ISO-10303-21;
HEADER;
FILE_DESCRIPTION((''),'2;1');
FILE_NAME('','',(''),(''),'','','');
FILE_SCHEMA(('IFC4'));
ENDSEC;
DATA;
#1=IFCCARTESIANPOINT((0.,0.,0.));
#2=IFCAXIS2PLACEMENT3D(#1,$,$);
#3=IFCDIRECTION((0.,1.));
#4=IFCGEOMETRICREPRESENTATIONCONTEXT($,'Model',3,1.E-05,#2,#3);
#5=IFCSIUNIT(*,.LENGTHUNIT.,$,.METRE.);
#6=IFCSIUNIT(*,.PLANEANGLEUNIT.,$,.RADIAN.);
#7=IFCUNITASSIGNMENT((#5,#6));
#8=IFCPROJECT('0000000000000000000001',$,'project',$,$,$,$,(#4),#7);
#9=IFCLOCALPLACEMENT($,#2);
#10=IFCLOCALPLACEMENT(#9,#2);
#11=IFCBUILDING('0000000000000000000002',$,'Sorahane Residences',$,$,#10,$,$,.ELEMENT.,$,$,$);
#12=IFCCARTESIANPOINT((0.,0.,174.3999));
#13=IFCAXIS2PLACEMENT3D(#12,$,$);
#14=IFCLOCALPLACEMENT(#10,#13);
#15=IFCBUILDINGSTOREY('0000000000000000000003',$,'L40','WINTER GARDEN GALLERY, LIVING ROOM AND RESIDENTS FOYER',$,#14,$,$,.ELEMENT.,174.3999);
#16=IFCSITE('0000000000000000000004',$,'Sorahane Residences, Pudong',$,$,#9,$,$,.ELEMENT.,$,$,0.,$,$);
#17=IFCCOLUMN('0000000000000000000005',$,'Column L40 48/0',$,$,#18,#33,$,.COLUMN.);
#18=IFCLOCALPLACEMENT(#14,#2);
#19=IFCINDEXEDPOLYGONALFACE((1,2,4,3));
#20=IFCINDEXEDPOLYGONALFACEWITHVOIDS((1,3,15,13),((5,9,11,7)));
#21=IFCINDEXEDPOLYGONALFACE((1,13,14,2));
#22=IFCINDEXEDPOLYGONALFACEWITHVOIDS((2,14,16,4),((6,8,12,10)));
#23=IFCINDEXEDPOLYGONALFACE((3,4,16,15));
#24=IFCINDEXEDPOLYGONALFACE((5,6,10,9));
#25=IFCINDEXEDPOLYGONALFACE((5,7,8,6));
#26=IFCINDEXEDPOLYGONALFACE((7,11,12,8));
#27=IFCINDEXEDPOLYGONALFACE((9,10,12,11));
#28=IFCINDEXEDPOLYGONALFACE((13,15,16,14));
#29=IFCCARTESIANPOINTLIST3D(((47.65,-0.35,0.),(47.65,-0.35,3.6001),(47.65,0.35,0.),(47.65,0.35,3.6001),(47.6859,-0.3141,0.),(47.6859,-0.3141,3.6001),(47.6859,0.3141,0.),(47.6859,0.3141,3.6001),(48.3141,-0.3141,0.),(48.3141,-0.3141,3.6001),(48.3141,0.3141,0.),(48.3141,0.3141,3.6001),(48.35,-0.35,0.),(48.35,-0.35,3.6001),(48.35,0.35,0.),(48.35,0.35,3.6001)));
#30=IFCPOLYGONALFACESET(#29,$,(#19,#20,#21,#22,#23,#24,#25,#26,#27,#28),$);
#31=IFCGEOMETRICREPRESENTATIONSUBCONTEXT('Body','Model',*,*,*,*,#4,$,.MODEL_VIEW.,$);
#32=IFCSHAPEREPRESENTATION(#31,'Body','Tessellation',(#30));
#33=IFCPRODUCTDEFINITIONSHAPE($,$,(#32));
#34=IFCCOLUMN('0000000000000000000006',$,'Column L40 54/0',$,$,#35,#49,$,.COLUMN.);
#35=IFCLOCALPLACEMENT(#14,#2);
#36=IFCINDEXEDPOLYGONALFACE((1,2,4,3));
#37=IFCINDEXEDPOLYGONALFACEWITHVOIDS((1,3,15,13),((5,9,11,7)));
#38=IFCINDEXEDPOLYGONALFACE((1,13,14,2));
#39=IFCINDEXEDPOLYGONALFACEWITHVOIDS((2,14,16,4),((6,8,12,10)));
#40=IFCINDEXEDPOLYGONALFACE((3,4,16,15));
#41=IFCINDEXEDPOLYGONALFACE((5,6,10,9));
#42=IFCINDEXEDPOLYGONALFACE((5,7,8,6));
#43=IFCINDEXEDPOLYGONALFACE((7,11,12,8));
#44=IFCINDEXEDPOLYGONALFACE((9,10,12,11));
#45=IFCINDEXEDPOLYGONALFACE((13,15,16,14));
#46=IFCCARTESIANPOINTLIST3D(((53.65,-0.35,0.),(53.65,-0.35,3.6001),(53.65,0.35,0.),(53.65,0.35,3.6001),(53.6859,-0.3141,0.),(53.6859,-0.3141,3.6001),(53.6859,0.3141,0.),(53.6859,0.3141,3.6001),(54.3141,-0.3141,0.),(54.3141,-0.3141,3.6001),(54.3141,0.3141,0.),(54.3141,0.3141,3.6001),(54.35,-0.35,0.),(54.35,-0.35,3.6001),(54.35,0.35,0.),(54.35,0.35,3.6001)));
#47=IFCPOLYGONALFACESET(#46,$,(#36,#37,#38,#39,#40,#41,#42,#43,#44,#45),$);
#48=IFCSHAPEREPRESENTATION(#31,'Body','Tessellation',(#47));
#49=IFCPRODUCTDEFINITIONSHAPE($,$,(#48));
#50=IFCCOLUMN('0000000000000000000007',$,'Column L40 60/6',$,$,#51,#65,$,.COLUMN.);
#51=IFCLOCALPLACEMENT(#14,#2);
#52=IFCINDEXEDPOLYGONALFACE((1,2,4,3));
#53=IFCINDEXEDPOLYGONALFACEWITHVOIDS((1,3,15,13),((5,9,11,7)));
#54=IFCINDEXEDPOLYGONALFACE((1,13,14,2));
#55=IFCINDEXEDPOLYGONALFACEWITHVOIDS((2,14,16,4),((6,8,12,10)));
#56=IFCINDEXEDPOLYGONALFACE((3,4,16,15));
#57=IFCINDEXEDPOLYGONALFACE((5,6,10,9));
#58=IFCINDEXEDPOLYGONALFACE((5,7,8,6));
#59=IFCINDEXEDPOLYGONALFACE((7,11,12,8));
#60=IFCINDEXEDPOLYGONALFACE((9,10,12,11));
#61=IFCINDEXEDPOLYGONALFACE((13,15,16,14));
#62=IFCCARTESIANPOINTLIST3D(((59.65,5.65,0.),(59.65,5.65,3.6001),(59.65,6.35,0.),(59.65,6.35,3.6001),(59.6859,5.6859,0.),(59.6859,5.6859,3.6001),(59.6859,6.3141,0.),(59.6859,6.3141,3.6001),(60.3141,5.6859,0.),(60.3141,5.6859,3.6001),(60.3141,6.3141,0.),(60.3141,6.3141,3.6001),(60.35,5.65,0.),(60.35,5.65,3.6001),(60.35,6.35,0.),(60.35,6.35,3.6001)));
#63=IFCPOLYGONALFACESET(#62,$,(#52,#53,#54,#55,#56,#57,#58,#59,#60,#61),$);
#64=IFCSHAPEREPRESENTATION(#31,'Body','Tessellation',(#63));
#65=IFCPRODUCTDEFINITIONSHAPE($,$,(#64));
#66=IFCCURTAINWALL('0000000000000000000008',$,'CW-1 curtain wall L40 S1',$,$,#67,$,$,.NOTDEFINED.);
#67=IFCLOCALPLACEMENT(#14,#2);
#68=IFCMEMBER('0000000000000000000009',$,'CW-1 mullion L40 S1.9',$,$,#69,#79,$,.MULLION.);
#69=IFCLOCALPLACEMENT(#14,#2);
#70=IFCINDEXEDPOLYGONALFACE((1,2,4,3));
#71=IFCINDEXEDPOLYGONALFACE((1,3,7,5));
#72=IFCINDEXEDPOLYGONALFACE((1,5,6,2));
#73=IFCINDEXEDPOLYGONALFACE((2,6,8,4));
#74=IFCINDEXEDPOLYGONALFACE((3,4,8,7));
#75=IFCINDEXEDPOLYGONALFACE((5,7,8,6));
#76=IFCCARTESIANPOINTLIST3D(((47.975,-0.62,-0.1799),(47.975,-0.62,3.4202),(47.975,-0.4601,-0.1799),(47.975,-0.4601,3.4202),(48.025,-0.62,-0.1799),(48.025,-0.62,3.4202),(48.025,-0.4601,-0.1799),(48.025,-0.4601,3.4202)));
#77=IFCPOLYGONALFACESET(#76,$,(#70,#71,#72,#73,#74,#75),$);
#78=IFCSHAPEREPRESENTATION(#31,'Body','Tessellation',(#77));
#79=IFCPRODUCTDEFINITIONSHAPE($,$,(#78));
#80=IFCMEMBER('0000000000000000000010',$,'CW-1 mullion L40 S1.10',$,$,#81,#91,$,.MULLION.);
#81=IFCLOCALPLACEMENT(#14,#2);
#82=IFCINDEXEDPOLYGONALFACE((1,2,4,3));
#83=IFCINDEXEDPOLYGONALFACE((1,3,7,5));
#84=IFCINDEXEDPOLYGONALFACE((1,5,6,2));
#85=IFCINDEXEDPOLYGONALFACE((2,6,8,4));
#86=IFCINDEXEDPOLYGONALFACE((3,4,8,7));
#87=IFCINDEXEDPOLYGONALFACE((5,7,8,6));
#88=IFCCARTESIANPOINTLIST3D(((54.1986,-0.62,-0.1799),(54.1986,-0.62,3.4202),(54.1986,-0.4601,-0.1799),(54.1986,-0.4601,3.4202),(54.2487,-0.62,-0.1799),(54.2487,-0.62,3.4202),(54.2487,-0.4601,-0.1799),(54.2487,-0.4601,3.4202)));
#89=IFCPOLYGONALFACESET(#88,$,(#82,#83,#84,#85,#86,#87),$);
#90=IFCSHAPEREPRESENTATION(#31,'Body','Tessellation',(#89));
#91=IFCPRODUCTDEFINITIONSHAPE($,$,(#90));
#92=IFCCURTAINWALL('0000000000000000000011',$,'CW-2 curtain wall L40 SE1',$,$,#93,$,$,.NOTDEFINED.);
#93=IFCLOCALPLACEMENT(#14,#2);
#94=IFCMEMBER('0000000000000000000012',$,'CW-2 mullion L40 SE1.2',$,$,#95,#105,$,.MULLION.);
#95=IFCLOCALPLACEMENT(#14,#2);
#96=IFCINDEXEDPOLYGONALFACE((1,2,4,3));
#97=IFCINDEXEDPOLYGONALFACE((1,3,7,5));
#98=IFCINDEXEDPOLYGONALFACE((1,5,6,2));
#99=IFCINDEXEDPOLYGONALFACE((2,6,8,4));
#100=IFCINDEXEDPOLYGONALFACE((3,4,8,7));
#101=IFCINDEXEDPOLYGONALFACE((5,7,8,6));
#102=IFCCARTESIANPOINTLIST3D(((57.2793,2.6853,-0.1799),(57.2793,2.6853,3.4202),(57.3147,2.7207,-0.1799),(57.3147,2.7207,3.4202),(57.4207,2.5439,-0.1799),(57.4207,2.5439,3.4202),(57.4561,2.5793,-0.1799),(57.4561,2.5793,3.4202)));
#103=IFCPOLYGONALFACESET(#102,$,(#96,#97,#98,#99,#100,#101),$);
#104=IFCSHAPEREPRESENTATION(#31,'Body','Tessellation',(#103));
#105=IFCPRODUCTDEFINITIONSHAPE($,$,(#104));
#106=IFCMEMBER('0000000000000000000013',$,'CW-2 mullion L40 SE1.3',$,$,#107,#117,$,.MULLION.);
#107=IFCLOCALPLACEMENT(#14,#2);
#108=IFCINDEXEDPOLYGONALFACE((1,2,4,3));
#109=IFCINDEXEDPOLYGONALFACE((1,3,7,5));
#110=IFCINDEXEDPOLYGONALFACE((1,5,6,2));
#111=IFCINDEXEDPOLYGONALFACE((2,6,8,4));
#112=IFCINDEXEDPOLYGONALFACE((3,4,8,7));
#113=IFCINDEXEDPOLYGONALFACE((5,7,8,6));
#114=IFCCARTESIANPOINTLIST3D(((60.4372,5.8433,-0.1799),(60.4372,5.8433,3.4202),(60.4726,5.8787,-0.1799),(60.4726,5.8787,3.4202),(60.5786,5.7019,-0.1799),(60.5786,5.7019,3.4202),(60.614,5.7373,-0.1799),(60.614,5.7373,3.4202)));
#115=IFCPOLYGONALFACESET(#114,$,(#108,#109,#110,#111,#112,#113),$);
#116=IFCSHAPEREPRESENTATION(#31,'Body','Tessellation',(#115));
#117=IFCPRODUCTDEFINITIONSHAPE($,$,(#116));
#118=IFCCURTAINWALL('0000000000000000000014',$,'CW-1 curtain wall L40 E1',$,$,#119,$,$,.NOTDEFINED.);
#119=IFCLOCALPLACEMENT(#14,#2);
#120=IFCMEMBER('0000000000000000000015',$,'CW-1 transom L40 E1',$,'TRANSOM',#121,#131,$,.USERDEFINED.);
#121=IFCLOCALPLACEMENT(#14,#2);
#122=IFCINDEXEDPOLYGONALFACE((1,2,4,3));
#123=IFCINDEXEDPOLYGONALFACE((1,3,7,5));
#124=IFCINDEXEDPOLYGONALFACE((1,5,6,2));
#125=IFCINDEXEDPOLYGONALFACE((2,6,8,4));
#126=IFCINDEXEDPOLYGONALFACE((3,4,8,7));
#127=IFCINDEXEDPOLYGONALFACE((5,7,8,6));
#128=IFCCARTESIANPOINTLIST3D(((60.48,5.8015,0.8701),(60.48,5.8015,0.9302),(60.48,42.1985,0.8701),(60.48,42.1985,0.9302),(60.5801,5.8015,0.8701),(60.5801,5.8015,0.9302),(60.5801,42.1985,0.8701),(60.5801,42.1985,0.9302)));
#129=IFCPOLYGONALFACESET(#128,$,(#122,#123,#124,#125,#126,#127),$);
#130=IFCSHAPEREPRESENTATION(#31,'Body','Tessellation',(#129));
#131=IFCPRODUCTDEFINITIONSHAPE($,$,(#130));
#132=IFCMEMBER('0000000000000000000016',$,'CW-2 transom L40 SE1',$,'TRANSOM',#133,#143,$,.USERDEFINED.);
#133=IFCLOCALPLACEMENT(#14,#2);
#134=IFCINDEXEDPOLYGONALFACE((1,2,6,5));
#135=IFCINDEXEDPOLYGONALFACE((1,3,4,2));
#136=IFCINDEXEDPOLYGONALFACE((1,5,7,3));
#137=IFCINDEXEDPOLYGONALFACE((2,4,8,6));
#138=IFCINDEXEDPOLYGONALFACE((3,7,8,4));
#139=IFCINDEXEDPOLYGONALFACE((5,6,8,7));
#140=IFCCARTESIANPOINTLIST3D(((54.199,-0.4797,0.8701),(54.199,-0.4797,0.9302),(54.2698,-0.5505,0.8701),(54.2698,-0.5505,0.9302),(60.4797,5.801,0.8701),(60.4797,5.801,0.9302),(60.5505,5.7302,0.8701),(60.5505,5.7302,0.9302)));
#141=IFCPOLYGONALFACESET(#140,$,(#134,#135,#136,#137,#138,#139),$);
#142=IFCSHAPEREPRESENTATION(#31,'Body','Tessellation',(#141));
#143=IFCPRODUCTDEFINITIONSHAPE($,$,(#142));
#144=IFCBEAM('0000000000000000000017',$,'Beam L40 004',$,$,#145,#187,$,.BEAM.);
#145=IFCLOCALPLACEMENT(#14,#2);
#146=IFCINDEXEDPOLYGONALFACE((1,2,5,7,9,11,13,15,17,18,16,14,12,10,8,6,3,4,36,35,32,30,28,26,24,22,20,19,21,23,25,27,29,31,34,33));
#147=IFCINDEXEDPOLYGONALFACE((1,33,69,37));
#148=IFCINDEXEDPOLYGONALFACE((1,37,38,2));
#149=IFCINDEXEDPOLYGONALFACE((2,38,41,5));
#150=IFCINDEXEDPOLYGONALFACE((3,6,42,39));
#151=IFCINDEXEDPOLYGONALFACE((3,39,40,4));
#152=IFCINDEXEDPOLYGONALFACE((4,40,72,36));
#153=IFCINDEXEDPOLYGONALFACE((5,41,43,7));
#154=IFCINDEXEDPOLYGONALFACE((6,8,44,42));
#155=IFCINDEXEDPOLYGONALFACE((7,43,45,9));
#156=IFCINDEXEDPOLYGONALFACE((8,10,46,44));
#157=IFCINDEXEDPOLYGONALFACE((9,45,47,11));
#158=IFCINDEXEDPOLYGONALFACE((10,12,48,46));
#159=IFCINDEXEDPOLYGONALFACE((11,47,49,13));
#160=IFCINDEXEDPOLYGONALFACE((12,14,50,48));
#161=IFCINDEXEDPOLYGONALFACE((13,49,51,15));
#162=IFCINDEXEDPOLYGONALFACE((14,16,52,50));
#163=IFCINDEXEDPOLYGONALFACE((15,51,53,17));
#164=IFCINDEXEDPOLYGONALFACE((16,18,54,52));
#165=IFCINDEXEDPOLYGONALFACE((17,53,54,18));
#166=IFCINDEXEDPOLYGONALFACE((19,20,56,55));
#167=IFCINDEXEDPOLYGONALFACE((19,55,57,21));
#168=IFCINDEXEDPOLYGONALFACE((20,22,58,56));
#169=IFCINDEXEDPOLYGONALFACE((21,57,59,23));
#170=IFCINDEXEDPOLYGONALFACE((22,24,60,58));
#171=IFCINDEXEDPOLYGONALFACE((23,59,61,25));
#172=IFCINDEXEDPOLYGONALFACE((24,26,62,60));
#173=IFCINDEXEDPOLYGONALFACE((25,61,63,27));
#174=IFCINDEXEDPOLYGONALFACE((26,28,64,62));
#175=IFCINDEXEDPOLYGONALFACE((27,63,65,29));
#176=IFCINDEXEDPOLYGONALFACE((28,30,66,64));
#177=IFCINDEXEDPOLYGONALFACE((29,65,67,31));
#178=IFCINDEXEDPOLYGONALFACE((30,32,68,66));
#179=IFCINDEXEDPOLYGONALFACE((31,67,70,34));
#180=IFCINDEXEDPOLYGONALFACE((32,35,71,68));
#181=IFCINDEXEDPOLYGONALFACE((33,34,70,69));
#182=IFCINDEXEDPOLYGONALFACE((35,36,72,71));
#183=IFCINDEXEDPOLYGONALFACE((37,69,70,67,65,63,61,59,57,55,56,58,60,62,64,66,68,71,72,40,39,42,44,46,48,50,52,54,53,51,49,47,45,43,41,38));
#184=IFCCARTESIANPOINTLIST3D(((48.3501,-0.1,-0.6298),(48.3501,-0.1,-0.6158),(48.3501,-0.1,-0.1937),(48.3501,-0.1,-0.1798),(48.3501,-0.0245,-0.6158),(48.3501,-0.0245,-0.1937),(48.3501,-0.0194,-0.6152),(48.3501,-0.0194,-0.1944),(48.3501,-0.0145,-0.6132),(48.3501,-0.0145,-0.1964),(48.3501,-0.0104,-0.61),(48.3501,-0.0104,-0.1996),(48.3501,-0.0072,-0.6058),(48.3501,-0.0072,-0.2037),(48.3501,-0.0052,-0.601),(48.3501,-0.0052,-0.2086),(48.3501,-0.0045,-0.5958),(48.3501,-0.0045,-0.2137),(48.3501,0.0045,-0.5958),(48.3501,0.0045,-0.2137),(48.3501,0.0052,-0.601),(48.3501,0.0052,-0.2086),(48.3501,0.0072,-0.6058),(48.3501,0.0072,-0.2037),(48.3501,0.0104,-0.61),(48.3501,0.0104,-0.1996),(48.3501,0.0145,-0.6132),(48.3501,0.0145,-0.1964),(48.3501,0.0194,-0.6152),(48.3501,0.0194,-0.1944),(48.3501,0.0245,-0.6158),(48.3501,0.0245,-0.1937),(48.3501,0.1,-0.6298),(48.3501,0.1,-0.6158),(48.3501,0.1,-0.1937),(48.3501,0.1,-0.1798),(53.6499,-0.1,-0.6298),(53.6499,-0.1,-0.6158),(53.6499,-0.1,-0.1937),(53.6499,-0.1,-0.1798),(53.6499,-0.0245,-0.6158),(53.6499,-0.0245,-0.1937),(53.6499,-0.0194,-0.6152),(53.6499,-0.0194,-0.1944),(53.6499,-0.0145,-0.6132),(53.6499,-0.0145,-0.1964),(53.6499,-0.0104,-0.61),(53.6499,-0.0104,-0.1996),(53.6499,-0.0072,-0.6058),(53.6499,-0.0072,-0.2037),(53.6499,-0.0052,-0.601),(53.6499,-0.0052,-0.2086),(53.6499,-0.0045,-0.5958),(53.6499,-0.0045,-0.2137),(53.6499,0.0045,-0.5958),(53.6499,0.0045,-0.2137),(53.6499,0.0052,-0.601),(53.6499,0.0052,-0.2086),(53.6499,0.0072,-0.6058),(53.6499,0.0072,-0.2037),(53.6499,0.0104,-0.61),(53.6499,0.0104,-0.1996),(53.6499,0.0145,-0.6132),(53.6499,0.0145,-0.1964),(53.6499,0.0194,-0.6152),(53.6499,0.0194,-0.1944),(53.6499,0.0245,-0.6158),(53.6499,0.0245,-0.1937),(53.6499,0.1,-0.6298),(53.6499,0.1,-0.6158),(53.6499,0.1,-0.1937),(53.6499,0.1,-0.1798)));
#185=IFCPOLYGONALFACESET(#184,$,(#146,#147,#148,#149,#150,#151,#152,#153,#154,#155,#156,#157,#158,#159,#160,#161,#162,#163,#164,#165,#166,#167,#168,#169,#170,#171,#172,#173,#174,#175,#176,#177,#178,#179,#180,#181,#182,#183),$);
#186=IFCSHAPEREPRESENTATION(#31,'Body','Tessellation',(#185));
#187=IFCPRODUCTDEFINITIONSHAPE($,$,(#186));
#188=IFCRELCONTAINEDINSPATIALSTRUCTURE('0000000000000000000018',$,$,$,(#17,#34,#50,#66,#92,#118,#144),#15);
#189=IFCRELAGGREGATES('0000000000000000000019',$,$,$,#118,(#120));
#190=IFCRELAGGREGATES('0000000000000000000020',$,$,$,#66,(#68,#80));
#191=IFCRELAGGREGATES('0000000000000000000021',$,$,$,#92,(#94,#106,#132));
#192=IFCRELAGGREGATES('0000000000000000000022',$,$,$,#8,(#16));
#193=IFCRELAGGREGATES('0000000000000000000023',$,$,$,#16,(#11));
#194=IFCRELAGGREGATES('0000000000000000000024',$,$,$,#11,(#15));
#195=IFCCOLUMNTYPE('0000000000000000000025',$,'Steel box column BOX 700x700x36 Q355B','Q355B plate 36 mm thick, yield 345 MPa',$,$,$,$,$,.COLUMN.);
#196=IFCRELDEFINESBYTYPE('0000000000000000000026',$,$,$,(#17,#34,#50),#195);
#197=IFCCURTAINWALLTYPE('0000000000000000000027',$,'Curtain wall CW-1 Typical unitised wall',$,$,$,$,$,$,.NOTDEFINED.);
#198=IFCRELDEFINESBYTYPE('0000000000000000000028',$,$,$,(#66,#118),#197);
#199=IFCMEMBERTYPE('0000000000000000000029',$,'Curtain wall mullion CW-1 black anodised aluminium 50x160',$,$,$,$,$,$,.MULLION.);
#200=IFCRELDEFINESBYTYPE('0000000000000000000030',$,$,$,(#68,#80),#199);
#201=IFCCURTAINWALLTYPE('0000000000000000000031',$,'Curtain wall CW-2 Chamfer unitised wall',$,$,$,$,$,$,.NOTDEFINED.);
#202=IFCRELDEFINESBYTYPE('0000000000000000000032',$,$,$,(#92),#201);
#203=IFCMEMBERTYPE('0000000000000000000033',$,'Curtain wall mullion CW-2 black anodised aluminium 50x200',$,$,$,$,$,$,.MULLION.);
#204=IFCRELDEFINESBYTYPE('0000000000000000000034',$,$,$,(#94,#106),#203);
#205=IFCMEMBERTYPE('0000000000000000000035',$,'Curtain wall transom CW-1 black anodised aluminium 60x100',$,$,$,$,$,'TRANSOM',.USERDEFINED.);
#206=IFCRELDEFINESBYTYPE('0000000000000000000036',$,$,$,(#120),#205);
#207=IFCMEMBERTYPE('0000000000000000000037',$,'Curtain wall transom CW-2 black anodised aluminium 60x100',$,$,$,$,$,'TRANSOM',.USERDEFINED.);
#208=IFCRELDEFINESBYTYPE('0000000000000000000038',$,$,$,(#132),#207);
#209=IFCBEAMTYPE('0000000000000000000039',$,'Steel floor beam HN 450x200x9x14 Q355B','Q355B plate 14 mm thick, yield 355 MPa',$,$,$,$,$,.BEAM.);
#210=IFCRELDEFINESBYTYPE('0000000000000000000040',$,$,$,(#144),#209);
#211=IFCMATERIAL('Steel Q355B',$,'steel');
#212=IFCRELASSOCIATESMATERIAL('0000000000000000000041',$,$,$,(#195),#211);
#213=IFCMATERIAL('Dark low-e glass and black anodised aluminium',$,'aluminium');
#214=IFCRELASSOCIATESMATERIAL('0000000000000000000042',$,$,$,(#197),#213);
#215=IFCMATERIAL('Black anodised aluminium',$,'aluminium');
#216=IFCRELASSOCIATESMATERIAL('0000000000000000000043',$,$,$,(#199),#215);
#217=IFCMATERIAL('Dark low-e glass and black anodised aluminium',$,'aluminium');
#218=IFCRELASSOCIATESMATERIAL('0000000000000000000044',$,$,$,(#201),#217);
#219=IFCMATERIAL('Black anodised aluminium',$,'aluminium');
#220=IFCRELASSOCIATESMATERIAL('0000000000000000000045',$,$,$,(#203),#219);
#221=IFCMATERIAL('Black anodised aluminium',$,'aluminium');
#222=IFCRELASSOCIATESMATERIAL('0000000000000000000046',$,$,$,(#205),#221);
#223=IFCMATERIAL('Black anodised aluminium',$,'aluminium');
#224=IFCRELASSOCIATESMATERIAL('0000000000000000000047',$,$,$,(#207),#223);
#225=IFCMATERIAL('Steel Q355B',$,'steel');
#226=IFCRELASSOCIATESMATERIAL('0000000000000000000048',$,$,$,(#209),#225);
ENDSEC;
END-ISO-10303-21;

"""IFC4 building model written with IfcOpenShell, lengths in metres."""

from ifc_helpers import new_model, si_unit, direction, frame, origin, origin_2d, place, context, subcontext, project, spatial, rectangle, hollow_rectangle, i_section, extrude, material, material_profile, profile_set, type_object, element, aggregate, save


model = new_model("IFC4")

# Units and contexts
model_context = context("Model", 3, precision=1e-05, world=origin(), true_north=direction((0.0, 1.0)))
body_context = subcontext(model_context, "Body", "Model", "MODEL_VIEW")
ifc_project = project(units=[si_unit("LENGTHUNIT", "METRE"), si_unit("PLANEANGLEUNIT", "RADIAN")], contexts=[model_context])

# Site, building, storey
site_placement = place(None, origin())
site = spatial("IfcSite", under=ifc_project, at=site_placement, Name="Sorahane Residences, Pudong", CompositionType="ELEMENT", RefElevation=0.0)
building_placement = place(site_placement, origin())
building = spatial("IfcBuilding", under=site, at=building_placement, Name="Sorahane Residences", CompositionType="ELEMENT")
storey_placement = place(building_placement, frame((0.0, 0.0, 174.3999)))
storey = spatial("IfcBuildingStorey", under=building, at=storey_placement, Name="L40", Description="WINTER GARDEN GALLERY, LIVING ROOM AND RESIDENTS FOYER", CompositionType="ELEMENT", Elevation=174.3999)

# Columns
ifc_material_1 = material(Name="Steel Q355B", Category="steel")
ifc_material_profile_1 = material_profile(ifc_material_1, hollow_rectangle(XDim=0.7, YDim=0.7, WallThickness=0.0359, at=origin_2d()), Name="BOX 700x700x36")
ifc_profile_set_1 = profile_set([ifc_material_profile_1], Name="Steel Q355B")
column_type = type_object("IfcColumnType", Name="Steel box column BOX 700x700x36 Q355B", Description="Q355B plate 36 mm thick, yield 345 MPa", PredefinedType="COLUMN", material=ifc_profile_set_1)
for number, where, z_axis, x_axis, name in (
    (1, (48.0, 0.0, 0.0), (0.0, 0.0, 1.0), (1.0, 0.0, 0.0), "Column L40 48/0"),
    (2, (54.0, 0.0, 0.0), (0.0, 0.0, 1.0), (1.0, 0.0, 0.0), "Column L40 54/0"),
    (3, (60.0, 6.0, 0.0), (0.0, 0.0, 1.0), (1.0, 0.0, 0.0), "Column L40 60/6"),
):
    element("IfcColumn", number, at=place(storey_placement, frame(where, z_axis=z_axis, x_axis=x_axis)), inside=storey, type_object=column_type, Name=name, PredefinedType="COLUMN", context=body_context, shape_type="SweptSolid", body=[
        extrude(hollow_rectangle(XDim=0.7, YDim=0.7, WallThickness=0.0359, at=origin_2d()), origin(), (0.0, 0.0, 1.0), 3.6001),
    ])

# Curtain walls, members
ifc_material_2 = material(Name="Dark low-e glass and black anodised aluminium", Category="aluminium")
curtain_wall_type_1 = type_object("IfcCurtainWallType", Name="Curtain wall CW-1 Typical unitised wall", PredefinedType="NOTDEFINED", material=ifc_material_2)
curtain_wall_1_placement = place(storey_placement, origin())
curtain_wall_1 = element("IfcCurtainWall", 4, at=curtain_wall_1_placement, inside=storey, type_object=curtain_wall_type_1, Name="CW-1 curtain wall L40 S1", PredefinedType="NOTDEFINED")
ifc_material_3 = material(Name="Black anodised aluminium", Category="aluminium")
ifc_material_profile_2 = material_profile(ifc_material_3, rectangle(XDim=0.1599, YDim=0.05, at=origin_2d()), Name="Curtain wall mullion CW-1 black anodised aluminium 50x160")
ifc_profile_set_2 = profile_set([ifc_material_profile_2], Name="Black anodised aluminium")
member_type_1 = type_object("IfcMemberType", Name="Curtain wall mullion CW-1 black anodised aluminium 50x160", PredefinedType="MULLION", material=ifc_profile_set_2)
member_1_placement = place(storey_placement, frame((48.0, -0.54, -0.1799), z_axis=(0.0, 0.0, 1.0), x_axis=(0.0, -1.0, 0.0)))
member_1 = element("IfcMember", 5, at=member_1_placement, type_object=member_type_1, Name="CW-1 mullion L40 S1.9", PredefinedType="MULLION", context=body_context, shape_type="SweptSolid", body=[
    extrude(rectangle(XDim=0.1599, YDim=0.05, at=origin_2d()), origin(), (0.0, 0.0, 1.0), 3.6001),
])
member_2_placement = place(storey_placement, frame((54.2236, -0.54, -0.1799), z_axis=(0.0, 0.0, 1.0), x_axis=(0.0, -1.0, 0.0)))
member_2 = element("IfcMember", 6, at=member_2_placement, type_object=member_type_1, Name="CW-1 mullion L40 S1.10", PredefinedType="MULLION", context=body_context, shape_type="SweptSolid", body=[
    extrude(rectangle(XDim=0.1599, YDim=0.05, at=origin_2d()), origin(), (0.0, 0.0, 1.0), 3.6001),
])
ifc_material_4 = material(Name="Dark low-e glass and black anodised aluminium", Category="aluminium")
curtain_wall_type_2 = type_object("IfcCurtainWallType", Name="Curtain wall CW-2 Chamfer unitised wall", PredefinedType="NOTDEFINED", material=ifc_material_4)
curtain_wall_2_placement = place(storey_placement, origin())
curtain_wall_2 = element("IfcCurtainWall", 7, at=curtain_wall_2_placement, inside=storey, type_object=curtain_wall_type_2, Name="CW-2 curtain wall L40 SE1", PredefinedType="NOTDEFINED")
ifc_material_5 = material(Name="Black anodised aluminium", Category="aluminium")
ifc_material_profile_3 = material_profile(ifc_material_5, rectangle(XDim=0.2, YDim=0.05, at=origin_2d()), Name="Curtain wall mullion CW-2 black anodised aluminium 50x200")
ifc_profile_set_3 = profile_set([ifc_material_profile_3], Name="Black anodised aluminium")
member_type_2 = type_object("IfcMemberType", Name="Curtain wall mullion CW-2 black anodised aluminium 50x200", PredefinedType="MULLION", material=ifc_profile_set_3)
member_3_placement = place(storey_placement, frame((57.3677, 2.6323, -0.1799), z_axis=(0.0, 0.0, 1.0), x_axis=(0.707107, -0.707107, 0.0)))
member_3 = element("IfcMember", 8, at=member_3_placement, type_object=member_type_2, Name="CW-2 mullion L40 SE1.2", PredefinedType="MULLION", context=body_context, shape_type="SweptSolid", body=[
    extrude(rectangle(XDim=0.2, YDim=0.05, at=origin_2d()), origin(), (0.0, 0.0, 1.0), 3.6001),
])
member_4_placement = place(storey_placement, frame((60.5256, 5.7903, -0.1799), z_axis=(0.0, 0.0, 1.0), x_axis=(0.707107, -0.707107, 0.0)))
member_4 = element("IfcMember", 9, at=member_4_placement, type_object=member_type_2, Name="CW-2 mullion L40 SE1.3", PredefinedType="MULLION", context=body_context, shape_type="SweptSolid", body=[
    extrude(rectangle(XDim=0.2, YDim=0.05, at=origin_2d()), origin(), (0.0, 0.0, 1.0), 3.6001),
])

# Curtain wall, member
curtain_wall_3_placement = place(storey_placement, origin())
curtain_wall_3 = element("IfcCurtainWall", 10, at=curtain_wall_3_placement, inside=storey, type_object=curtain_wall_type_1, Name="CW-1 curtain wall L40 E1", PredefinedType="NOTDEFINED")
ifc_material_6 = material(Name="Black anodised aluminium", Category="aluminium")
ifc_material_profile_4 = material_profile(ifc_material_6, rectangle(XDim=0.1001, YDim=0.0601, at=origin_2d()), Name="Curtain wall transom CW-1 black anodised aluminium 60x100")
ifc_profile_set_4 = profile_set([ifc_material_profile_4], Name="Black anodised aluminium")
member_type_3 = type_object("IfcMemberType", Name="Curtain wall transom CW-1 black anodised aluminium 60x100", ElementType="TRANSOM", PredefinedType="USERDEFINED", material=ifc_profile_set_4)
member_5_placement = place(storey_placement, frame((60.53, 5.8015, 0.9001), z_axis=(0.0, 1.0, 0.0), x_axis=(-1.0, 0.0, 0.0)))
member_5 = element("IfcMember", 11, at=member_5_placement, type_object=member_type_3, Name="CW-1 transom L40 E1", ObjectType="TRANSOM", PredefinedType="USERDEFINED", context=body_context, shape_type="SweptSolid", body=[
    extrude(rectangle(XDim=0.1001, YDim=0.0601, at=origin_2d()), origin(), (0.0, 0.0, 1.0), 36.397),
])
aggregate(curtain_wall_3, [member_5])

# Member
ifc_material_7 = material(Name="Black anodised aluminium", Category="aluminium")
ifc_material_profile_5 = material_profile(ifc_material_7, rectangle(XDim=0.1001, YDim=0.0601, at=origin_2d()), Name="Curtain wall transom CW-2 black anodised aluminium 60x100")
ifc_profile_set_5 = profile_set([ifc_material_profile_5], Name="Black anodised aluminium")
member_type_4 = type_object("IfcMemberType", Name="Curtain wall transom CW-2 black anodised aluminium 60x100", ElementType="TRANSOM", PredefinedType="USERDEFINED", material=ifc_profile_set_5)
member_6_placement = place(storey_placement, frame((54.2344, -0.5151, 0.9001), z_axis=(0.707107, 0.707107, 0.0), x_axis=(-0.707107, 0.707107, 0.0)))
member_6 = element("IfcMember", 12, at=member_6_placement, type_object=member_type_4, Name="CW-2 transom L40 SE1", ObjectType="TRANSOM", PredefinedType="USERDEFINED", context=body_context, shape_type="SweptSolid", body=[
    extrude(rectangle(XDim=0.1001, YDim=0.0601, at=origin_2d()), origin(), (0.0, 0.0, 1.0), 8.8823),
])

# Beam
ifc_material_8 = material(Name="Steel Q355B", Category="steel")
ifc_material_profile_6 = material_profile(ifc_material_8, i_section(OverallWidth=0.2, OverallDepth=0.45, WebThickness=0.009, FlangeThickness=0.0139, FilletRadius=0.02, at=origin_2d()), Name="HN 450x200x9x14")
ifc_profile_set_6 = profile_set([ifc_material_profile_6], Name="Steel Q355B")
beam_type_1 = type_object("IfcBeamType", Name="Steel floor beam HN 450x200x9x14 Q355B", Description="Q355B plate 14 mm thick, yield 355 MPa", PredefinedType="BEAM", material=ifc_profile_set_6)
for number, where, z_axis, x_axis, name in (
    (13, (48.3501, 0.0, -0.4048), (1.0, 0.0, 0.0), (0.0, 1.0, 0.0), "Beam L40 004"),
):
    element("IfcBeam", number, at=place(storey_placement, frame(where, z_axis=z_axis, x_axis=x_axis)), inside=storey, type_object=beam_type_1, Name=name, PredefinedType="BEAM", context=body_context, shape_type="SweptSolid", body=[
        extrude(i_section(OverallWidth=0.2, OverallDepth=0.45, WebThickness=0.009, FlangeThickness=0.0139, FilletRadius=0.02, at=origin_2d()), origin(), (0.0, 0.0, 1.0), 5.2998),
    ])

aggregate(curtain_wall_1, [member_1, member_2])
aggregate(curtain_wall_2, [member_3, member_4, member_6])

save(model, "model.ifc")
